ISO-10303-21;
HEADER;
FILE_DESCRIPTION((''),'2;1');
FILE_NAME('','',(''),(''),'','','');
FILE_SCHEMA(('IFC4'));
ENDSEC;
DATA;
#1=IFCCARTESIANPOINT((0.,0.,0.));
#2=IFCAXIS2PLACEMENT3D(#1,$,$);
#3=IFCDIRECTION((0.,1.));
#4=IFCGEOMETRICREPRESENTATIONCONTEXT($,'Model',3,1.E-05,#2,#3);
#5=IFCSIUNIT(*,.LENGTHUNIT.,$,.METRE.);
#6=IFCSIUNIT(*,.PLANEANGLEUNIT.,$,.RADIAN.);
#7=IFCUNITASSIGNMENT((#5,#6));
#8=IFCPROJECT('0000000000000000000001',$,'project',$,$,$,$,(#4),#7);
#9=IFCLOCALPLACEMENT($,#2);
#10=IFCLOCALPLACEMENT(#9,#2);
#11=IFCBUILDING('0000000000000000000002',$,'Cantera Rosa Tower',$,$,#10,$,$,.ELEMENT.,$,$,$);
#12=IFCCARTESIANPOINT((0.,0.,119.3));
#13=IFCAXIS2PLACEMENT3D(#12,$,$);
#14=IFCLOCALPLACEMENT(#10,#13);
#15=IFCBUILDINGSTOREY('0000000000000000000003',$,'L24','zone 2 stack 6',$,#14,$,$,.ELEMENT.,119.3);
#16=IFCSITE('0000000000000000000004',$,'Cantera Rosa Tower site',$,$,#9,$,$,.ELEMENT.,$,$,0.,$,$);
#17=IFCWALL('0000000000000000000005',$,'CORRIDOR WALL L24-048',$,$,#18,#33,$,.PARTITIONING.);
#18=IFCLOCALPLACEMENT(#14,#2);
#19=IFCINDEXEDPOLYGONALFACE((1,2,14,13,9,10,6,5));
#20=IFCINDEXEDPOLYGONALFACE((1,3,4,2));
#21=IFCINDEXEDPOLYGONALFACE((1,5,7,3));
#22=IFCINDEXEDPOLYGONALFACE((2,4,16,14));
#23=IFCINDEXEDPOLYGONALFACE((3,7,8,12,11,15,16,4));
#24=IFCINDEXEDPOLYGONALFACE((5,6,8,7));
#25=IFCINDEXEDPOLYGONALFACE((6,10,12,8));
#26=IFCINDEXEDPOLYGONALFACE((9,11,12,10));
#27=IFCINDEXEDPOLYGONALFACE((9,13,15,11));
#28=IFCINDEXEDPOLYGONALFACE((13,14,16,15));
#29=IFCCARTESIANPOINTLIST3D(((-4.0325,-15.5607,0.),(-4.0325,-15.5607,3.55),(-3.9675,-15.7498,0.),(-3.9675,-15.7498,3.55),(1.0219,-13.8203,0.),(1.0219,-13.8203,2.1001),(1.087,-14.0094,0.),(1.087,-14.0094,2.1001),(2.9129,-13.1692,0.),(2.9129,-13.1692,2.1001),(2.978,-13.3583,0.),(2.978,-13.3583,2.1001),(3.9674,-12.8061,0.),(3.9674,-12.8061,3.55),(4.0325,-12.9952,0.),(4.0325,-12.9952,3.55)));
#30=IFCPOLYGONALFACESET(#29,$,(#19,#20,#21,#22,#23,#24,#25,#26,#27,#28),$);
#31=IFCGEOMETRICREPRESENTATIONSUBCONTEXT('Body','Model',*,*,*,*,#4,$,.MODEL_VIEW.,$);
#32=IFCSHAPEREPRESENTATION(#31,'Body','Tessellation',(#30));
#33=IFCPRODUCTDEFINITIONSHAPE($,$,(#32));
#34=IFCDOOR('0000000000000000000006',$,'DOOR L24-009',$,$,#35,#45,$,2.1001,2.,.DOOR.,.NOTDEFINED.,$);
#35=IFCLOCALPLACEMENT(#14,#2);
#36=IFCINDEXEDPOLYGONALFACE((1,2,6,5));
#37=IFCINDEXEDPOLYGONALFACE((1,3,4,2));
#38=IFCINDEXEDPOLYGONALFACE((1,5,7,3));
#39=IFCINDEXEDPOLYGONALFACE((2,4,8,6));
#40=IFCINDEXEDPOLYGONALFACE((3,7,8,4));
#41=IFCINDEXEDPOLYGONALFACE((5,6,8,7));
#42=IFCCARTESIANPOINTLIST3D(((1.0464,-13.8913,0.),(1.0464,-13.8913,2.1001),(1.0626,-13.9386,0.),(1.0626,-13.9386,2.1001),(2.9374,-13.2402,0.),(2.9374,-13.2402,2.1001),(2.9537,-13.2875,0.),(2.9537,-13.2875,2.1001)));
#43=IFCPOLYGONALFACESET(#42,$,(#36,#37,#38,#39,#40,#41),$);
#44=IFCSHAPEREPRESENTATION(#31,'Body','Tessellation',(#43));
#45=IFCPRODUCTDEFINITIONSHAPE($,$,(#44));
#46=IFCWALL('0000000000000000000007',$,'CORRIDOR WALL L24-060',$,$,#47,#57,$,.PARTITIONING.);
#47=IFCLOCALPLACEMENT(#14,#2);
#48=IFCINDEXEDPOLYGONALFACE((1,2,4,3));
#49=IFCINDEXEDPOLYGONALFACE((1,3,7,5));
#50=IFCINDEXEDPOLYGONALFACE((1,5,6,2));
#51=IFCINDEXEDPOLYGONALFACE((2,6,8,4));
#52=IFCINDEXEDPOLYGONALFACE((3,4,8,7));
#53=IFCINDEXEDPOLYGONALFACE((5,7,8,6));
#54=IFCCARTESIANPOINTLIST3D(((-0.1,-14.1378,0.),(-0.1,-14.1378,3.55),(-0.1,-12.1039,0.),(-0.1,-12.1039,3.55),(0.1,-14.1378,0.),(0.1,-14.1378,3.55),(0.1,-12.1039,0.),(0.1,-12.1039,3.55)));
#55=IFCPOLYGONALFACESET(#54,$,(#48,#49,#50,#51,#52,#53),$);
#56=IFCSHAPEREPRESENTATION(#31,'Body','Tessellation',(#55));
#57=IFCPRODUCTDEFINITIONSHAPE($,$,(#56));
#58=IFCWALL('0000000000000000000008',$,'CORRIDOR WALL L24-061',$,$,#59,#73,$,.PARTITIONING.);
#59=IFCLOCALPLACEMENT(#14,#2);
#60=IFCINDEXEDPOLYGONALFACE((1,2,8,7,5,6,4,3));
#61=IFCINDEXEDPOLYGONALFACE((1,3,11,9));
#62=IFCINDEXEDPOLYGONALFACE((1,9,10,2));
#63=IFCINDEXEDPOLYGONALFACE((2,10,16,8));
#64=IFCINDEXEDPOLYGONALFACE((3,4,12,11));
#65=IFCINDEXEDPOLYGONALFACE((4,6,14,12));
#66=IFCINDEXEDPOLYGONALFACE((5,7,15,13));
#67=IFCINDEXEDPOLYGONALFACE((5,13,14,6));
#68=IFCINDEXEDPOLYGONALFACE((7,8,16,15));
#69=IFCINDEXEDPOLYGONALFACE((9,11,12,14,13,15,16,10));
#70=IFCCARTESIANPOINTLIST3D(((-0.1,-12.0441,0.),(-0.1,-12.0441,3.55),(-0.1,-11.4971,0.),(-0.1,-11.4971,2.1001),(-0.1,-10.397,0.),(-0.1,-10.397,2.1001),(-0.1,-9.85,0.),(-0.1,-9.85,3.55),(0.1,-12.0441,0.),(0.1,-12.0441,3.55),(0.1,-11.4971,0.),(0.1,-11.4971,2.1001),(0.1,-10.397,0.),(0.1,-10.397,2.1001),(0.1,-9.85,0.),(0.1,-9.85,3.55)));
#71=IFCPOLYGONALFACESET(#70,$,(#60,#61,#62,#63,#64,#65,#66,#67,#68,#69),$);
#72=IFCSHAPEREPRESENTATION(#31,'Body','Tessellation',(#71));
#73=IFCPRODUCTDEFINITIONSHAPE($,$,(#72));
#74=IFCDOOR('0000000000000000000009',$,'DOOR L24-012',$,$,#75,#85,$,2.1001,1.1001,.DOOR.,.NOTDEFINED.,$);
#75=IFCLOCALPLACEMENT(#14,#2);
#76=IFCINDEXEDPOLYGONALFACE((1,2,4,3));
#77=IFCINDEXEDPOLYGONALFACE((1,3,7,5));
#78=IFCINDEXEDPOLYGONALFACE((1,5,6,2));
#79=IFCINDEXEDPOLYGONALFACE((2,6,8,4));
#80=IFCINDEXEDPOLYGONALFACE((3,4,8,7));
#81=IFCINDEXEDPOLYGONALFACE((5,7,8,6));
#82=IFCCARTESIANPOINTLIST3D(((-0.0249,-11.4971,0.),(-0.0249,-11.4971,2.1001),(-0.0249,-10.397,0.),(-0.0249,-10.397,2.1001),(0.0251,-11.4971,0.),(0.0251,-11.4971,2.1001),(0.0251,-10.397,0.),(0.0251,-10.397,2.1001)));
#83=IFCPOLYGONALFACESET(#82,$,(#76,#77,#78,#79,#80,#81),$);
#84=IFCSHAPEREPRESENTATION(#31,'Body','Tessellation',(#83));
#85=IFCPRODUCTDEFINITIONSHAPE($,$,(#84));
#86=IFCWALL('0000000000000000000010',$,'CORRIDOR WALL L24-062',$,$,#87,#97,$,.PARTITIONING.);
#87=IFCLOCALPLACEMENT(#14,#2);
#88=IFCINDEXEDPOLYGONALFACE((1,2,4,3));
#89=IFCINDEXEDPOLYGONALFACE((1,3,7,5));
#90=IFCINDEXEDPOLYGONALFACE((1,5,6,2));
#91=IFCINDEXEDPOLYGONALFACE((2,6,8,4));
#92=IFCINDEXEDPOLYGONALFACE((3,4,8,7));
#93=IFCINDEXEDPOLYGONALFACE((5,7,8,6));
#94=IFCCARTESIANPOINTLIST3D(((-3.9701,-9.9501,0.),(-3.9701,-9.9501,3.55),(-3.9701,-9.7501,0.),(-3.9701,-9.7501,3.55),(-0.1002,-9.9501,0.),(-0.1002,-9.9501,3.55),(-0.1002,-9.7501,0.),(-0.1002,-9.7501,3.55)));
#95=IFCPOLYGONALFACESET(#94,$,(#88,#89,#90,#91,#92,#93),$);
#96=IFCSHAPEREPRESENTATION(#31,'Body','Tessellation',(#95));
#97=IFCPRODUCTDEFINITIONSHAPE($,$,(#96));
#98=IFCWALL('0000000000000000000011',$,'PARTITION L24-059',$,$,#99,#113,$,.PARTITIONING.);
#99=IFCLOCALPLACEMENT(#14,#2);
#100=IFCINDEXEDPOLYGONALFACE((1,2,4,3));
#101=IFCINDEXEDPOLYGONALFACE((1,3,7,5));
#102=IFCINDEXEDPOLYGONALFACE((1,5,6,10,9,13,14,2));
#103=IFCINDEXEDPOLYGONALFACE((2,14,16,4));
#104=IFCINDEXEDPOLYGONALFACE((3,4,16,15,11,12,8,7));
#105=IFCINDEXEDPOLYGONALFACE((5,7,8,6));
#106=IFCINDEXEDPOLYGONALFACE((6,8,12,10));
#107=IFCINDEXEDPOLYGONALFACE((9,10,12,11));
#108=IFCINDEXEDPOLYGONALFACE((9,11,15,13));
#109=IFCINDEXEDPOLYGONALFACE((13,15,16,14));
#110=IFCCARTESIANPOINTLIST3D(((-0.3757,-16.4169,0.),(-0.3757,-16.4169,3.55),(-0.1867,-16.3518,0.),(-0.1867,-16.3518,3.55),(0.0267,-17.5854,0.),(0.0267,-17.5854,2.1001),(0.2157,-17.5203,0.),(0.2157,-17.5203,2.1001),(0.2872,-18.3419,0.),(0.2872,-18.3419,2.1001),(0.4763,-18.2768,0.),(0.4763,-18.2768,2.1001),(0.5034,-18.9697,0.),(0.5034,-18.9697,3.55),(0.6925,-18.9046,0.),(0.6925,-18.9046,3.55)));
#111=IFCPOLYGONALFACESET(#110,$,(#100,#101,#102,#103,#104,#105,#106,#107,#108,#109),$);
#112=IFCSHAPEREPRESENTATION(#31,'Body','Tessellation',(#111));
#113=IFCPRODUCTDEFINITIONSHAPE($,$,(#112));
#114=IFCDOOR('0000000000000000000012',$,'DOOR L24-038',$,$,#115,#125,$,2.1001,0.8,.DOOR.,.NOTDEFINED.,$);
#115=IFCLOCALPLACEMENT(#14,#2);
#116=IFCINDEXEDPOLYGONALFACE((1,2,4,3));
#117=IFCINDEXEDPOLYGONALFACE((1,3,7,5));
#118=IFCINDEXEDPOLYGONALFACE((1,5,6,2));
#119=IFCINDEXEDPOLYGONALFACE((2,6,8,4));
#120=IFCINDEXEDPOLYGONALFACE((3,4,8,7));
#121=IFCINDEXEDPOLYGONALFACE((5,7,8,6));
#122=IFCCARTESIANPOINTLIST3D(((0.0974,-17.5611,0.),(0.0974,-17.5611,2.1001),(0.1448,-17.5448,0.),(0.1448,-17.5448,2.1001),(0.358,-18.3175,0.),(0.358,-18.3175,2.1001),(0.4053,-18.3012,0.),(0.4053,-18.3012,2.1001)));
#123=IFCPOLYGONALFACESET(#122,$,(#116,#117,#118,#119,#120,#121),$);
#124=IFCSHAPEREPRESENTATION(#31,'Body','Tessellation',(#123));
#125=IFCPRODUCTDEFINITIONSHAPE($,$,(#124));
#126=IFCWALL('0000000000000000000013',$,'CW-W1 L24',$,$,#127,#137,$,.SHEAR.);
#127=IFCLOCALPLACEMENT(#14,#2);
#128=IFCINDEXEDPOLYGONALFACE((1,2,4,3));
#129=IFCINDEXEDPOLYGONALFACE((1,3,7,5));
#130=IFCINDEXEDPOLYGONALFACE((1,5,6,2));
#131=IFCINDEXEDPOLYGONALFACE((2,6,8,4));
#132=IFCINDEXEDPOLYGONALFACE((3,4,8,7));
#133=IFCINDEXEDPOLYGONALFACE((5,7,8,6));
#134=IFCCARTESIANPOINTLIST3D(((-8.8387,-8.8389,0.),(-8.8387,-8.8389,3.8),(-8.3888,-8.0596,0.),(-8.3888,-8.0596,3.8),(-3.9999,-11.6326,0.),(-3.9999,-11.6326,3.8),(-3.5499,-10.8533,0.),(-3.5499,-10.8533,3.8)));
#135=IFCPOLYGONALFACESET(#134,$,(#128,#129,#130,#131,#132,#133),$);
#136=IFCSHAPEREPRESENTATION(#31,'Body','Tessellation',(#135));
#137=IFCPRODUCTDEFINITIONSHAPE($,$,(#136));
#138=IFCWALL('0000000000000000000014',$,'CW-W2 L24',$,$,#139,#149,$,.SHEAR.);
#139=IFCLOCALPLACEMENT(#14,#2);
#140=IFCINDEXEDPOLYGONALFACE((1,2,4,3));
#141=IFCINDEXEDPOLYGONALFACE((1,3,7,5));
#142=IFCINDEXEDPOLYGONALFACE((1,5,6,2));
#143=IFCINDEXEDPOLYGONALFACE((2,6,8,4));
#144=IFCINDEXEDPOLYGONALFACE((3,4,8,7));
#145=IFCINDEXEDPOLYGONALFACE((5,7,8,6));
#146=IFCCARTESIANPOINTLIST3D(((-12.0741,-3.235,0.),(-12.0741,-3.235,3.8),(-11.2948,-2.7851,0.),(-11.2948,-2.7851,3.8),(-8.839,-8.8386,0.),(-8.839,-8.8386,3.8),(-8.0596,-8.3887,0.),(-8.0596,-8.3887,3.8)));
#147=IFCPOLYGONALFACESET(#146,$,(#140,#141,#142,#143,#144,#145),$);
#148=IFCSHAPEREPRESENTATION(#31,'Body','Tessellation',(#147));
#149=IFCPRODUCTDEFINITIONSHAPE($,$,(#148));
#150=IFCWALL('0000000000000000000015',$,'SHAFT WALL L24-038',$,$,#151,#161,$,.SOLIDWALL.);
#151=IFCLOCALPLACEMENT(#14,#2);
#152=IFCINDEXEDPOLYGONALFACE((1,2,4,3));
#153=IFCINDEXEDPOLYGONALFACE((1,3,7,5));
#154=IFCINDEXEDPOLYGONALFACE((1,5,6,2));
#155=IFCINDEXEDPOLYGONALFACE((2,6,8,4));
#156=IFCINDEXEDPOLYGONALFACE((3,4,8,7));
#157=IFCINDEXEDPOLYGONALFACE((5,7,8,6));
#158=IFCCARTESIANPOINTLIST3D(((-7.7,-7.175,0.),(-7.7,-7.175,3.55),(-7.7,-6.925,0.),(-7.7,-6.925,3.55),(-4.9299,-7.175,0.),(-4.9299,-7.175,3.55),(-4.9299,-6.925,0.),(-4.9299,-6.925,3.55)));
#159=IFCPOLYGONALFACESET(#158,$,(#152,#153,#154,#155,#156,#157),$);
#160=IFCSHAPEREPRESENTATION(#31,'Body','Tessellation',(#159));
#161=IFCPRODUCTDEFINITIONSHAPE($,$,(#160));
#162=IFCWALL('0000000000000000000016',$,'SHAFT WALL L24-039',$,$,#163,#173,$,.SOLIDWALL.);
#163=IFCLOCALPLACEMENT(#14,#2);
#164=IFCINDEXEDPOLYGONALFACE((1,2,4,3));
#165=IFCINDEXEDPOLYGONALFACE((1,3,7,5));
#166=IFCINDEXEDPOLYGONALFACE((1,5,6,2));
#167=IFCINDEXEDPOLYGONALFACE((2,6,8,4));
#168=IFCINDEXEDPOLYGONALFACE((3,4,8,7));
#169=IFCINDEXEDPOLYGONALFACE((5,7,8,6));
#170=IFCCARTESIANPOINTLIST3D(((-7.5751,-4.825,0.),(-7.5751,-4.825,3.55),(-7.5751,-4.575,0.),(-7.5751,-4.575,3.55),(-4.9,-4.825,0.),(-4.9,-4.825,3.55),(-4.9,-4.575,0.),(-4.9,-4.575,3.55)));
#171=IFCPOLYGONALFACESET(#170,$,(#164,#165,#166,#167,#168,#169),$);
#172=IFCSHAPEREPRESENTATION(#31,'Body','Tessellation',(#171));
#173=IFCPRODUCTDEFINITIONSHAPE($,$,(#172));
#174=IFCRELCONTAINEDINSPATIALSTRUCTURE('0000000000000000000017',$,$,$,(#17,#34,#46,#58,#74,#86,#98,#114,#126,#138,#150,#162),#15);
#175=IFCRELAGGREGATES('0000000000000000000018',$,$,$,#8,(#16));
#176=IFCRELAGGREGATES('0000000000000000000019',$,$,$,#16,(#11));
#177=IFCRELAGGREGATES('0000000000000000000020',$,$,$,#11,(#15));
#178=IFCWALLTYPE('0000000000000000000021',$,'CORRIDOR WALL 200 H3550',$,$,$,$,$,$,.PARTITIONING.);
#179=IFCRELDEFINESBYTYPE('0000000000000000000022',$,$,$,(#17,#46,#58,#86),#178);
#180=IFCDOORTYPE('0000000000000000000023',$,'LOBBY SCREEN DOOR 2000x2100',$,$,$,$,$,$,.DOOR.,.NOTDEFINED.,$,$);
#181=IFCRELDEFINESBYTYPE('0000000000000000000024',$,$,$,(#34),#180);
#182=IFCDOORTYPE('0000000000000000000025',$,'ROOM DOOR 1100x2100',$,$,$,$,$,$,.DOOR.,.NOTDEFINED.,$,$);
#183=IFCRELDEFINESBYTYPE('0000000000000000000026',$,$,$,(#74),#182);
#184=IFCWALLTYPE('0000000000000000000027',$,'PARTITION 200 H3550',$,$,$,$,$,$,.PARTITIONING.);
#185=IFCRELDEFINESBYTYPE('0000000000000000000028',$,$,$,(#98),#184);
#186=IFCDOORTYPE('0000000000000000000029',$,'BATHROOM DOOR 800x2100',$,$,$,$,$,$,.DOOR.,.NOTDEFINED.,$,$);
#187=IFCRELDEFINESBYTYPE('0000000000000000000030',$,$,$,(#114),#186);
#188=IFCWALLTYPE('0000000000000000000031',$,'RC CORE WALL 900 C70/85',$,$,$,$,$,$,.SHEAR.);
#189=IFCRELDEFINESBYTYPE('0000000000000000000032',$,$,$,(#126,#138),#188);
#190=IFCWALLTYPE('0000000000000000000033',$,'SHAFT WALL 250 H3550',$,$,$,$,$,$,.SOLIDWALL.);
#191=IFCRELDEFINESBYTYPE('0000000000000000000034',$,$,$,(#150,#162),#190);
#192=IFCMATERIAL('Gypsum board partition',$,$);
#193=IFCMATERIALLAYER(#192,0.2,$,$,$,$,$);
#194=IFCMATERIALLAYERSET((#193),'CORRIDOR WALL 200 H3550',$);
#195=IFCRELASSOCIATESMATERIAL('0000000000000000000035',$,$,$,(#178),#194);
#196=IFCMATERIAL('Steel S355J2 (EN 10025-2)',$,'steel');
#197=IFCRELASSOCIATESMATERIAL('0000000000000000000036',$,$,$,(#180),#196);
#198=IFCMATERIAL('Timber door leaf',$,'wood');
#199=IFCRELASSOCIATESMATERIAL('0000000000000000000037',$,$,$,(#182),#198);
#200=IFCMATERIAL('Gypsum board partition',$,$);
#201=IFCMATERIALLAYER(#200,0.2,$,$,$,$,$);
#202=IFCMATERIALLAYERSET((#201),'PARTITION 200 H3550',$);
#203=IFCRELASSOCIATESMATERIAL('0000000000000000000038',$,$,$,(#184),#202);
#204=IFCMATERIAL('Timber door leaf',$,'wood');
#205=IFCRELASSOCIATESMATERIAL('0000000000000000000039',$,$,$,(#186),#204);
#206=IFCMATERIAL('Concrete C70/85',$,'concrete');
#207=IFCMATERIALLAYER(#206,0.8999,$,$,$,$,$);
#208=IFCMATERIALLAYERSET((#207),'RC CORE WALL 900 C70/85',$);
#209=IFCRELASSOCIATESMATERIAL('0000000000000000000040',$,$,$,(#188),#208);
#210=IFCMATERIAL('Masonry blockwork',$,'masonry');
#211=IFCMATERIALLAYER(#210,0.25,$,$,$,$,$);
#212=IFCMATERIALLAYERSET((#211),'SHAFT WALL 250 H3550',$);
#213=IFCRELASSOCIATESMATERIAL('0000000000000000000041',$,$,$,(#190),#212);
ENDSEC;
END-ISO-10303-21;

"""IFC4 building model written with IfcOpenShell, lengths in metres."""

from ifc_helpers import new_model, si_unit, direction, frame, frame_2d, origin, place, context, subcontext, project, spatial, rectangle, extrude, material, layer, layer_set, type_object, element, fill, save


model = new_model("IFC4")

# Units and contexts
model_context = context("Model", 3, precision=1e-05, world=origin(), true_north=direction((0.0, 1.0)))
body_context = subcontext(model_context, "Body", "Model", "MODEL_VIEW")
ifc_project = project(units=[si_unit("LENGTHUNIT", "METRE"), si_unit("PLANEANGLEUNIT", "RADIAN")], contexts=[model_context])

# Site, building, storey
site_placement = place(None, origin())
site = spatial("IfcSite", under=ifc_project, at=site_placement, Name="Cantera Rosa Tower site", CompositionType="ELEMENT", RefElevation=0.0)
building_placement = place(site_placement, origin())
building = spatial("IfcBuilding", under=site, at=building_placement, Name="Cantera Rosa Tower", CompositionType="ELEMENT")
storey_placement = place(building_placement, frame((0.0, 0.0, 119.3)))
storey = spatial("IfcBuildingStorey", under=building, at=storey_placement, Name="L24", Description="zone 2 stack 6", CompositionType="ELEMENT", Elevation=119.3)

# Wall, opening, door
ifc_material_1 = material(Name="Gypsum board partition")
ifc_layer_1 = layer(ifc_material_1, 0.2)
ifc_layer_set_1 = layer_set([ifc_layer_1], Name="CORRIDOR WALL 200 H3550")
wall_type_1 = type_object("IfcWallType", Name="CORRIDOR WALL 200 H3550", PredefinedType="PARTITIONING", material=ifc_layer_set_1)
wall_1_placement = place(storey_placement, frame((-4.0, -15.6553, 0.0), z_axis=(0.0, 0.0, 1.0), x_axis=(0.945518, 0.32557, 0.0)))
wall_1 = element("IfcWall", 1, at=wall_1_placement, inside=storey, type_object=wall_type_1, Name="CORRIDOR WALL L24-048", PredefinedType="PARTITIONING", context=body_context, shape_type="SweptSolid", body=[
    extrude(rectangle(XDim=8.4609, YDim=0.2, at=frame_2d((4.2305, 0.0))), origin(), (0.0, 0.0, 1.0), 3.55),
])
opening_1_placement = place(wall_1_placement, frame((5.3457, 0.0, 0.0)))
opening_1 = element("IfcOpeningElement", 2, at=opening_1_placement, cuts=wall_1, PredefinedType="OPENING", context=body_context, shape_type="SweptSolid", body=[
    extrude(rectangle(XDim=2.0, YDim=2.1001, at=frame_2d((1.0, 1.05))), frame((0.0, 0.1099, 0.0), z_axis=(0.0, -1.0, 0.0), x_axis=(1.0, 0.0, 0.0)), (0.0, 0.0, 1.0), 0.22),
])
ifc_material_2 = material(Name="Steel S355J2 (EN 10025-2)", Category="steel")
door_type_1 = type_object("IfcDoorType", Name="LOBBY SCREEN DOOR 2000x2100", OperationType="NOTDEFINED", PredefinedType="DOOR", material=ifc_material_2)
door_1_placement = place(opening_1_placement, origin())
door_1 = element("IfcDoor", 3, at=door_1_placement, inside=storey, type_object=door_type_1, Name="DOOR L24-009", OperationType="NOTDEFINED", OverallHeight=2.1001, OverallWidth=2.0, PredefinedType="DOOR", context=body_context, shape_type="SweptSolid", body=[
    extrude(rectangle(XDim=2.0, YDim=2.1001, at=frame_2d((1.0, 1.05))), frame((0.0, 0.0249, 0.0), z_axis=(0.0, -1.0, 0.0), x_axis=(1.0, 0.0, 0.0)), (0.0, 0.0, 1.0), 0.05),
])
fill(opening_1, door_1)

# Wall
wall_2_placement = place(storey_placement, frame((0.0, -14.1379, 0.0), z_axis=(0.0, 0.0, 1.0), x_axis=(0.0, 1.0, 0.0)))
element("IfcWall", 4, at=wall_2_placement, inside=storey, type_object=wall_type_1, Name="CORRIDOR WALL L24-060", PredefinedType="PARTITIONING", context=body_context, shape_type="SweptSolid", body=[
    extrude(rectangle(XDim=2.0339, YDim=0.2, at=frame_2d((1.0171, 0.0))), origin(), (0.0, 0.0, 1.0), 3.55),
])

# Wall, opening, door
wall_3_placement = place(storey_placement, frame((0.0, -12.0442, 0.0), z_axis=(0.0, 0.0, 1.0), x_axis=(0.0, 1.0, 0.0)))
wall_3 = element("IfcWall", 5, at=wall_3_placement, inside=storey, type_object=wall_type_1, Name="CORRIDOR WALL L24-061", PredefinedType="PARTITIONING", context=body_context, shape_type="SweptSolid", body=[
    extrude(rectangle(XDim=2.1941, YDim=0.2, at=frame_2d((1.0972, 0.0))), origin(), (0.0, 0.0, 1.0), 3.55),
])
opening_2_placement = place(wall_3_placement, frame((0.5471, 0.0, 0.0)))
opening_2 = element("IfcOpeningElement", 6, at=opening_2_placement, cuts=wall_3, PredefinedType="OPENING", context=body_context, shape_type="SweptSolid", body=[
    extrude(rectangle(XDim=1.1001, YDim=2.1001, at=frame_2d((0.55, 1.05))), frame((0.0, 0.1099, 0.0), z_axis=(0.0, -1.0, 0.0), x_axis=(1.0, 0.0, 0.0)), (0.0, 0.0, 1.0), 0.22),
])
ifc_material_3 = material(Name="Timber door leaf", Category="wood")
door_type_2 = type_object("IfcDoorType", Name="ROOM DOOR 1100x2100", OperationType="NOTDEFINED", PredefinedType="DOOR", material=ifc_material_3)
door_2_placement = place(opening_2_placement, origin())
door_2 = element("IfcDoor", 7, at=door_2_placement, inside=storey, type_object=door_type_2, Name="DOOR L24-012", OperationType="NOTDEFINED", OverallHeight=2.1001, OverallWidth=1.1001, PredefinedType="DOOR", context=body_context, shape_type="SweptSolid", body=[
    extrude(rectangle(XDim=1.1001, YDim=2.1001, at=frame_2d((0.55, 1.05))), frame((0.0, 0.0249, 0.0), z_axis=(0.0, -1.0, 0.0), x_axis=(1.0, 0.0, 0.0)), (0.0, 0.0, 1.0), 0.05),
])
fill(opening_2, door_2)

# Wall
wall_4_placement = place(storey_placement, frame((-0.1001, -9.8501, 0.0), z_axis=(0.0, 0.0, 1.0), x_axis=(-1.0, 0.0, 0.0)))
element("IfcWall", 8, at=wall_4_placement, inside=storey, type_object=wall_type_1, Name="CORRIDOR WALL L24-062", PredefinedType="PARTITIONING", context=body_context, shape_type="SweptSolid", body=[
    extrude(rectangle(XDim=3.8699, YDim=0.2, at=frame_2d((1.9351, 0.0))), origin(), (0.0, 0.0, 1.0), 3.55),
])

# Wall, opening, door
ifc_material_4 = material(Name="Gypsum board partition")
ifc_layer_2 = layer(ifc_material_4, 0.2)
ifc_layer_set_2 = layer_set([ifc_layer_2], Name="PARTITION 200 H3550")
wall_type_2 = type_object("IfcWallType", Name="PARTITION 200 H3550", PredefinedType="PARTITIONING", material=ifc_layer_set_2)
wall_5_placement = place(storey_placement, frame((-0.2812, -16.3843, 0.0), z_axis=(0.0, 0.0, 1.0), x_axis=(0.325626, -0.945499, 0.0)))
wall_5 = element("IfcWall", 9, at=wall_5_placement, inside=storey, type_object=wall_type_2, Name="PARTITION L24-059", PredefinedType="PARTITIONING", context=body_context, shape_type="SweptSolid", body=[
    extrude(rectangle(XDim=2.7, YDim=0.2, at=frame_2d((1.3501, 0.0))), origin(), (0.0, 0.0, 1.0), 3.55),
])
opening_3_placement = place(wall_5_placement, frame((1.2361, 0.0, 0.0)))
opening_3 = element("IfcOpeningElement", 10, at=opening_3_placement, cuts=wall_5, PredefinedType="OPENING", context=body_context, shape_type="SweptSolid", body=[
    extrude(rectangle(XDim=0.8, YDim=2.1001, at=frame_2d((0.3999, 1.05))), frame((0.0, 0.1099, 0.0), z_axis=(0.0, -1.0, 0.0), x_axis=(1.0, 0.0, 0.0)), (0.0, 0.0, 1.0), 0.22),
])
ifc_material_5 = material(Name="Timber door leaf", Category="wood")
door_type_3 = type_object("IfcDoorType", Name="BATHROOM DOOR 800x2100", OperationType="NOTDEFINED", PredefinedType="DOOR", material=ifc_material_5)
door_3_placement = place(opening_3_placement, origin())
door_3 = element("IfcDoor", 11, at=door_3_placement, inside=storey, type_object=door_type_3, Name="DOOR L24-038", OperationType="NOTDEFINED", OverallHeight=2.1001, OverallWidth=0.8, PredefinedType="DOOR", context=body_context, shape_type="SweptSolid", body=[
    extrude(rectangle(XDim=0.8, YDim=2.1001, at=frame_2d((0.3999, 1.05))), frame((0.0, 0.0249, 0.0), z_axis=(0.0, -1.0, 0.0), x_axis=(1.0, 0.0, 0.0)), (0.0, 0.0, 1.0), 0.05),
])
fill(opening_3, door_3)

# Walls
ifc_material_6 = material(Name="Concrete C70/85", Category="concrete")
ifc_layer_3 = layer(ifc_material_6, 0.8999)
ifc_layer_set_3 = layer_set([ifc_layer_3], Name="RC CORE WALL 900 C70/85")
wall_type_3 = type_object("IfcWallType", Name="RC CORE WALL 900 C70/85", PredefinedType="SHEAR", material=ifc_layer_set_3)
wall_6_placement = place(storey_placement, frame((-3.7749, -11.2429, 0.0), z_axis=(0.0, 0.0, 1.0), x_axis=(-0.866027, 0.499997, 0.0)))
element("IfcWall", 12, at=wall_6_placement, inside=storey, type_object=wall_type_3, Name="CW-W1 L24", PredefinedType="SHEAR", context=body_context, shape_type="SweptSolid", body=[
    extrude(rectangle(XDim=5.5874, YDim=0.8999, at=frame_2d((2.7937, 0.0))), origin(), (0.0, 0.0, 1.0), 3.8),
])
wall_7_placement = place(storey_placement, frame((-8.4492, -8.6138, 0.0), z_axis=(0.0, 0.0, 1.0), x_axis=(-0.49999, 0.866031, 0.0)))
element("IfcWall", 13, at=wall_7_placement, inside=storey, type_object=wall_type_3, Name="CW-W2 L24", PredefinedType="SHEAR", context=body_context, shape_type="SweptSolid", body=[
    extrude(rectangle(XDim=6.4705, YDim=0.8999, at=frame_2d((3.2354, 0.0))), origin(), (0.0, 0.0, 1.0), 3.8),
])
ifc_material_7 = material(Name="Masonry blockwork", Category="masonry")
ifc_layer_4 = layer(ifc_material_7, 0.25)
ifc_layer_set_4 = layer_set([ifc_layer_4], Name="SHAFT WALL 250 H3550")
wall_type_4 = type_object("IfcWallType", Name="SHAFT WALL 250 H3550", PredefinedType="SOLIDWALL", material=ifc_layer_set_4)
wall_8_placement = place(storey_placement, frame((-7.7, -7.05, 0.0), z_axis=(0.0, 0.0, 1.0), x_axis=(1.0, 0.0, 0.0)))
element("IfcWall", 14, at=wall_8_placement, inside=storey, type_object=wall_type_4, Name="SHAFT WALL L24-038", PredefinedType="SOLIDWALL", context=body_context, shape_type="SweptSolid", body=[
    extrude(rectangle(XDim=2.77, YDim=0.25, at=frame_2d((1.385, 0.0))), origin(), (0.0, 0.0, 1.0), 3.55),
])
wall_9_placement = place(storey_placement, frame((-7.575, -4.7, 0.0), z_axis=(0.0, 0.0, 1.0), x_axis=(1.0, 0.0, 0.0)))
element("IfcWall", 15, at=wall_9_placement, inside=storey, type_object=wall_type_4, Name="SHAFT WALL L24-039", PredefinedType="SOLIDWALL", context=body_context, shape_type="SweptSolid", body=[
    extrude(rectangle(XDim=2.675, YDim=0.25, at=frame_2d((1.3374, 0.0))), origin(), (0.0, 0.0, 1.0), 3.55),
])

save(model, "model.ifc")
